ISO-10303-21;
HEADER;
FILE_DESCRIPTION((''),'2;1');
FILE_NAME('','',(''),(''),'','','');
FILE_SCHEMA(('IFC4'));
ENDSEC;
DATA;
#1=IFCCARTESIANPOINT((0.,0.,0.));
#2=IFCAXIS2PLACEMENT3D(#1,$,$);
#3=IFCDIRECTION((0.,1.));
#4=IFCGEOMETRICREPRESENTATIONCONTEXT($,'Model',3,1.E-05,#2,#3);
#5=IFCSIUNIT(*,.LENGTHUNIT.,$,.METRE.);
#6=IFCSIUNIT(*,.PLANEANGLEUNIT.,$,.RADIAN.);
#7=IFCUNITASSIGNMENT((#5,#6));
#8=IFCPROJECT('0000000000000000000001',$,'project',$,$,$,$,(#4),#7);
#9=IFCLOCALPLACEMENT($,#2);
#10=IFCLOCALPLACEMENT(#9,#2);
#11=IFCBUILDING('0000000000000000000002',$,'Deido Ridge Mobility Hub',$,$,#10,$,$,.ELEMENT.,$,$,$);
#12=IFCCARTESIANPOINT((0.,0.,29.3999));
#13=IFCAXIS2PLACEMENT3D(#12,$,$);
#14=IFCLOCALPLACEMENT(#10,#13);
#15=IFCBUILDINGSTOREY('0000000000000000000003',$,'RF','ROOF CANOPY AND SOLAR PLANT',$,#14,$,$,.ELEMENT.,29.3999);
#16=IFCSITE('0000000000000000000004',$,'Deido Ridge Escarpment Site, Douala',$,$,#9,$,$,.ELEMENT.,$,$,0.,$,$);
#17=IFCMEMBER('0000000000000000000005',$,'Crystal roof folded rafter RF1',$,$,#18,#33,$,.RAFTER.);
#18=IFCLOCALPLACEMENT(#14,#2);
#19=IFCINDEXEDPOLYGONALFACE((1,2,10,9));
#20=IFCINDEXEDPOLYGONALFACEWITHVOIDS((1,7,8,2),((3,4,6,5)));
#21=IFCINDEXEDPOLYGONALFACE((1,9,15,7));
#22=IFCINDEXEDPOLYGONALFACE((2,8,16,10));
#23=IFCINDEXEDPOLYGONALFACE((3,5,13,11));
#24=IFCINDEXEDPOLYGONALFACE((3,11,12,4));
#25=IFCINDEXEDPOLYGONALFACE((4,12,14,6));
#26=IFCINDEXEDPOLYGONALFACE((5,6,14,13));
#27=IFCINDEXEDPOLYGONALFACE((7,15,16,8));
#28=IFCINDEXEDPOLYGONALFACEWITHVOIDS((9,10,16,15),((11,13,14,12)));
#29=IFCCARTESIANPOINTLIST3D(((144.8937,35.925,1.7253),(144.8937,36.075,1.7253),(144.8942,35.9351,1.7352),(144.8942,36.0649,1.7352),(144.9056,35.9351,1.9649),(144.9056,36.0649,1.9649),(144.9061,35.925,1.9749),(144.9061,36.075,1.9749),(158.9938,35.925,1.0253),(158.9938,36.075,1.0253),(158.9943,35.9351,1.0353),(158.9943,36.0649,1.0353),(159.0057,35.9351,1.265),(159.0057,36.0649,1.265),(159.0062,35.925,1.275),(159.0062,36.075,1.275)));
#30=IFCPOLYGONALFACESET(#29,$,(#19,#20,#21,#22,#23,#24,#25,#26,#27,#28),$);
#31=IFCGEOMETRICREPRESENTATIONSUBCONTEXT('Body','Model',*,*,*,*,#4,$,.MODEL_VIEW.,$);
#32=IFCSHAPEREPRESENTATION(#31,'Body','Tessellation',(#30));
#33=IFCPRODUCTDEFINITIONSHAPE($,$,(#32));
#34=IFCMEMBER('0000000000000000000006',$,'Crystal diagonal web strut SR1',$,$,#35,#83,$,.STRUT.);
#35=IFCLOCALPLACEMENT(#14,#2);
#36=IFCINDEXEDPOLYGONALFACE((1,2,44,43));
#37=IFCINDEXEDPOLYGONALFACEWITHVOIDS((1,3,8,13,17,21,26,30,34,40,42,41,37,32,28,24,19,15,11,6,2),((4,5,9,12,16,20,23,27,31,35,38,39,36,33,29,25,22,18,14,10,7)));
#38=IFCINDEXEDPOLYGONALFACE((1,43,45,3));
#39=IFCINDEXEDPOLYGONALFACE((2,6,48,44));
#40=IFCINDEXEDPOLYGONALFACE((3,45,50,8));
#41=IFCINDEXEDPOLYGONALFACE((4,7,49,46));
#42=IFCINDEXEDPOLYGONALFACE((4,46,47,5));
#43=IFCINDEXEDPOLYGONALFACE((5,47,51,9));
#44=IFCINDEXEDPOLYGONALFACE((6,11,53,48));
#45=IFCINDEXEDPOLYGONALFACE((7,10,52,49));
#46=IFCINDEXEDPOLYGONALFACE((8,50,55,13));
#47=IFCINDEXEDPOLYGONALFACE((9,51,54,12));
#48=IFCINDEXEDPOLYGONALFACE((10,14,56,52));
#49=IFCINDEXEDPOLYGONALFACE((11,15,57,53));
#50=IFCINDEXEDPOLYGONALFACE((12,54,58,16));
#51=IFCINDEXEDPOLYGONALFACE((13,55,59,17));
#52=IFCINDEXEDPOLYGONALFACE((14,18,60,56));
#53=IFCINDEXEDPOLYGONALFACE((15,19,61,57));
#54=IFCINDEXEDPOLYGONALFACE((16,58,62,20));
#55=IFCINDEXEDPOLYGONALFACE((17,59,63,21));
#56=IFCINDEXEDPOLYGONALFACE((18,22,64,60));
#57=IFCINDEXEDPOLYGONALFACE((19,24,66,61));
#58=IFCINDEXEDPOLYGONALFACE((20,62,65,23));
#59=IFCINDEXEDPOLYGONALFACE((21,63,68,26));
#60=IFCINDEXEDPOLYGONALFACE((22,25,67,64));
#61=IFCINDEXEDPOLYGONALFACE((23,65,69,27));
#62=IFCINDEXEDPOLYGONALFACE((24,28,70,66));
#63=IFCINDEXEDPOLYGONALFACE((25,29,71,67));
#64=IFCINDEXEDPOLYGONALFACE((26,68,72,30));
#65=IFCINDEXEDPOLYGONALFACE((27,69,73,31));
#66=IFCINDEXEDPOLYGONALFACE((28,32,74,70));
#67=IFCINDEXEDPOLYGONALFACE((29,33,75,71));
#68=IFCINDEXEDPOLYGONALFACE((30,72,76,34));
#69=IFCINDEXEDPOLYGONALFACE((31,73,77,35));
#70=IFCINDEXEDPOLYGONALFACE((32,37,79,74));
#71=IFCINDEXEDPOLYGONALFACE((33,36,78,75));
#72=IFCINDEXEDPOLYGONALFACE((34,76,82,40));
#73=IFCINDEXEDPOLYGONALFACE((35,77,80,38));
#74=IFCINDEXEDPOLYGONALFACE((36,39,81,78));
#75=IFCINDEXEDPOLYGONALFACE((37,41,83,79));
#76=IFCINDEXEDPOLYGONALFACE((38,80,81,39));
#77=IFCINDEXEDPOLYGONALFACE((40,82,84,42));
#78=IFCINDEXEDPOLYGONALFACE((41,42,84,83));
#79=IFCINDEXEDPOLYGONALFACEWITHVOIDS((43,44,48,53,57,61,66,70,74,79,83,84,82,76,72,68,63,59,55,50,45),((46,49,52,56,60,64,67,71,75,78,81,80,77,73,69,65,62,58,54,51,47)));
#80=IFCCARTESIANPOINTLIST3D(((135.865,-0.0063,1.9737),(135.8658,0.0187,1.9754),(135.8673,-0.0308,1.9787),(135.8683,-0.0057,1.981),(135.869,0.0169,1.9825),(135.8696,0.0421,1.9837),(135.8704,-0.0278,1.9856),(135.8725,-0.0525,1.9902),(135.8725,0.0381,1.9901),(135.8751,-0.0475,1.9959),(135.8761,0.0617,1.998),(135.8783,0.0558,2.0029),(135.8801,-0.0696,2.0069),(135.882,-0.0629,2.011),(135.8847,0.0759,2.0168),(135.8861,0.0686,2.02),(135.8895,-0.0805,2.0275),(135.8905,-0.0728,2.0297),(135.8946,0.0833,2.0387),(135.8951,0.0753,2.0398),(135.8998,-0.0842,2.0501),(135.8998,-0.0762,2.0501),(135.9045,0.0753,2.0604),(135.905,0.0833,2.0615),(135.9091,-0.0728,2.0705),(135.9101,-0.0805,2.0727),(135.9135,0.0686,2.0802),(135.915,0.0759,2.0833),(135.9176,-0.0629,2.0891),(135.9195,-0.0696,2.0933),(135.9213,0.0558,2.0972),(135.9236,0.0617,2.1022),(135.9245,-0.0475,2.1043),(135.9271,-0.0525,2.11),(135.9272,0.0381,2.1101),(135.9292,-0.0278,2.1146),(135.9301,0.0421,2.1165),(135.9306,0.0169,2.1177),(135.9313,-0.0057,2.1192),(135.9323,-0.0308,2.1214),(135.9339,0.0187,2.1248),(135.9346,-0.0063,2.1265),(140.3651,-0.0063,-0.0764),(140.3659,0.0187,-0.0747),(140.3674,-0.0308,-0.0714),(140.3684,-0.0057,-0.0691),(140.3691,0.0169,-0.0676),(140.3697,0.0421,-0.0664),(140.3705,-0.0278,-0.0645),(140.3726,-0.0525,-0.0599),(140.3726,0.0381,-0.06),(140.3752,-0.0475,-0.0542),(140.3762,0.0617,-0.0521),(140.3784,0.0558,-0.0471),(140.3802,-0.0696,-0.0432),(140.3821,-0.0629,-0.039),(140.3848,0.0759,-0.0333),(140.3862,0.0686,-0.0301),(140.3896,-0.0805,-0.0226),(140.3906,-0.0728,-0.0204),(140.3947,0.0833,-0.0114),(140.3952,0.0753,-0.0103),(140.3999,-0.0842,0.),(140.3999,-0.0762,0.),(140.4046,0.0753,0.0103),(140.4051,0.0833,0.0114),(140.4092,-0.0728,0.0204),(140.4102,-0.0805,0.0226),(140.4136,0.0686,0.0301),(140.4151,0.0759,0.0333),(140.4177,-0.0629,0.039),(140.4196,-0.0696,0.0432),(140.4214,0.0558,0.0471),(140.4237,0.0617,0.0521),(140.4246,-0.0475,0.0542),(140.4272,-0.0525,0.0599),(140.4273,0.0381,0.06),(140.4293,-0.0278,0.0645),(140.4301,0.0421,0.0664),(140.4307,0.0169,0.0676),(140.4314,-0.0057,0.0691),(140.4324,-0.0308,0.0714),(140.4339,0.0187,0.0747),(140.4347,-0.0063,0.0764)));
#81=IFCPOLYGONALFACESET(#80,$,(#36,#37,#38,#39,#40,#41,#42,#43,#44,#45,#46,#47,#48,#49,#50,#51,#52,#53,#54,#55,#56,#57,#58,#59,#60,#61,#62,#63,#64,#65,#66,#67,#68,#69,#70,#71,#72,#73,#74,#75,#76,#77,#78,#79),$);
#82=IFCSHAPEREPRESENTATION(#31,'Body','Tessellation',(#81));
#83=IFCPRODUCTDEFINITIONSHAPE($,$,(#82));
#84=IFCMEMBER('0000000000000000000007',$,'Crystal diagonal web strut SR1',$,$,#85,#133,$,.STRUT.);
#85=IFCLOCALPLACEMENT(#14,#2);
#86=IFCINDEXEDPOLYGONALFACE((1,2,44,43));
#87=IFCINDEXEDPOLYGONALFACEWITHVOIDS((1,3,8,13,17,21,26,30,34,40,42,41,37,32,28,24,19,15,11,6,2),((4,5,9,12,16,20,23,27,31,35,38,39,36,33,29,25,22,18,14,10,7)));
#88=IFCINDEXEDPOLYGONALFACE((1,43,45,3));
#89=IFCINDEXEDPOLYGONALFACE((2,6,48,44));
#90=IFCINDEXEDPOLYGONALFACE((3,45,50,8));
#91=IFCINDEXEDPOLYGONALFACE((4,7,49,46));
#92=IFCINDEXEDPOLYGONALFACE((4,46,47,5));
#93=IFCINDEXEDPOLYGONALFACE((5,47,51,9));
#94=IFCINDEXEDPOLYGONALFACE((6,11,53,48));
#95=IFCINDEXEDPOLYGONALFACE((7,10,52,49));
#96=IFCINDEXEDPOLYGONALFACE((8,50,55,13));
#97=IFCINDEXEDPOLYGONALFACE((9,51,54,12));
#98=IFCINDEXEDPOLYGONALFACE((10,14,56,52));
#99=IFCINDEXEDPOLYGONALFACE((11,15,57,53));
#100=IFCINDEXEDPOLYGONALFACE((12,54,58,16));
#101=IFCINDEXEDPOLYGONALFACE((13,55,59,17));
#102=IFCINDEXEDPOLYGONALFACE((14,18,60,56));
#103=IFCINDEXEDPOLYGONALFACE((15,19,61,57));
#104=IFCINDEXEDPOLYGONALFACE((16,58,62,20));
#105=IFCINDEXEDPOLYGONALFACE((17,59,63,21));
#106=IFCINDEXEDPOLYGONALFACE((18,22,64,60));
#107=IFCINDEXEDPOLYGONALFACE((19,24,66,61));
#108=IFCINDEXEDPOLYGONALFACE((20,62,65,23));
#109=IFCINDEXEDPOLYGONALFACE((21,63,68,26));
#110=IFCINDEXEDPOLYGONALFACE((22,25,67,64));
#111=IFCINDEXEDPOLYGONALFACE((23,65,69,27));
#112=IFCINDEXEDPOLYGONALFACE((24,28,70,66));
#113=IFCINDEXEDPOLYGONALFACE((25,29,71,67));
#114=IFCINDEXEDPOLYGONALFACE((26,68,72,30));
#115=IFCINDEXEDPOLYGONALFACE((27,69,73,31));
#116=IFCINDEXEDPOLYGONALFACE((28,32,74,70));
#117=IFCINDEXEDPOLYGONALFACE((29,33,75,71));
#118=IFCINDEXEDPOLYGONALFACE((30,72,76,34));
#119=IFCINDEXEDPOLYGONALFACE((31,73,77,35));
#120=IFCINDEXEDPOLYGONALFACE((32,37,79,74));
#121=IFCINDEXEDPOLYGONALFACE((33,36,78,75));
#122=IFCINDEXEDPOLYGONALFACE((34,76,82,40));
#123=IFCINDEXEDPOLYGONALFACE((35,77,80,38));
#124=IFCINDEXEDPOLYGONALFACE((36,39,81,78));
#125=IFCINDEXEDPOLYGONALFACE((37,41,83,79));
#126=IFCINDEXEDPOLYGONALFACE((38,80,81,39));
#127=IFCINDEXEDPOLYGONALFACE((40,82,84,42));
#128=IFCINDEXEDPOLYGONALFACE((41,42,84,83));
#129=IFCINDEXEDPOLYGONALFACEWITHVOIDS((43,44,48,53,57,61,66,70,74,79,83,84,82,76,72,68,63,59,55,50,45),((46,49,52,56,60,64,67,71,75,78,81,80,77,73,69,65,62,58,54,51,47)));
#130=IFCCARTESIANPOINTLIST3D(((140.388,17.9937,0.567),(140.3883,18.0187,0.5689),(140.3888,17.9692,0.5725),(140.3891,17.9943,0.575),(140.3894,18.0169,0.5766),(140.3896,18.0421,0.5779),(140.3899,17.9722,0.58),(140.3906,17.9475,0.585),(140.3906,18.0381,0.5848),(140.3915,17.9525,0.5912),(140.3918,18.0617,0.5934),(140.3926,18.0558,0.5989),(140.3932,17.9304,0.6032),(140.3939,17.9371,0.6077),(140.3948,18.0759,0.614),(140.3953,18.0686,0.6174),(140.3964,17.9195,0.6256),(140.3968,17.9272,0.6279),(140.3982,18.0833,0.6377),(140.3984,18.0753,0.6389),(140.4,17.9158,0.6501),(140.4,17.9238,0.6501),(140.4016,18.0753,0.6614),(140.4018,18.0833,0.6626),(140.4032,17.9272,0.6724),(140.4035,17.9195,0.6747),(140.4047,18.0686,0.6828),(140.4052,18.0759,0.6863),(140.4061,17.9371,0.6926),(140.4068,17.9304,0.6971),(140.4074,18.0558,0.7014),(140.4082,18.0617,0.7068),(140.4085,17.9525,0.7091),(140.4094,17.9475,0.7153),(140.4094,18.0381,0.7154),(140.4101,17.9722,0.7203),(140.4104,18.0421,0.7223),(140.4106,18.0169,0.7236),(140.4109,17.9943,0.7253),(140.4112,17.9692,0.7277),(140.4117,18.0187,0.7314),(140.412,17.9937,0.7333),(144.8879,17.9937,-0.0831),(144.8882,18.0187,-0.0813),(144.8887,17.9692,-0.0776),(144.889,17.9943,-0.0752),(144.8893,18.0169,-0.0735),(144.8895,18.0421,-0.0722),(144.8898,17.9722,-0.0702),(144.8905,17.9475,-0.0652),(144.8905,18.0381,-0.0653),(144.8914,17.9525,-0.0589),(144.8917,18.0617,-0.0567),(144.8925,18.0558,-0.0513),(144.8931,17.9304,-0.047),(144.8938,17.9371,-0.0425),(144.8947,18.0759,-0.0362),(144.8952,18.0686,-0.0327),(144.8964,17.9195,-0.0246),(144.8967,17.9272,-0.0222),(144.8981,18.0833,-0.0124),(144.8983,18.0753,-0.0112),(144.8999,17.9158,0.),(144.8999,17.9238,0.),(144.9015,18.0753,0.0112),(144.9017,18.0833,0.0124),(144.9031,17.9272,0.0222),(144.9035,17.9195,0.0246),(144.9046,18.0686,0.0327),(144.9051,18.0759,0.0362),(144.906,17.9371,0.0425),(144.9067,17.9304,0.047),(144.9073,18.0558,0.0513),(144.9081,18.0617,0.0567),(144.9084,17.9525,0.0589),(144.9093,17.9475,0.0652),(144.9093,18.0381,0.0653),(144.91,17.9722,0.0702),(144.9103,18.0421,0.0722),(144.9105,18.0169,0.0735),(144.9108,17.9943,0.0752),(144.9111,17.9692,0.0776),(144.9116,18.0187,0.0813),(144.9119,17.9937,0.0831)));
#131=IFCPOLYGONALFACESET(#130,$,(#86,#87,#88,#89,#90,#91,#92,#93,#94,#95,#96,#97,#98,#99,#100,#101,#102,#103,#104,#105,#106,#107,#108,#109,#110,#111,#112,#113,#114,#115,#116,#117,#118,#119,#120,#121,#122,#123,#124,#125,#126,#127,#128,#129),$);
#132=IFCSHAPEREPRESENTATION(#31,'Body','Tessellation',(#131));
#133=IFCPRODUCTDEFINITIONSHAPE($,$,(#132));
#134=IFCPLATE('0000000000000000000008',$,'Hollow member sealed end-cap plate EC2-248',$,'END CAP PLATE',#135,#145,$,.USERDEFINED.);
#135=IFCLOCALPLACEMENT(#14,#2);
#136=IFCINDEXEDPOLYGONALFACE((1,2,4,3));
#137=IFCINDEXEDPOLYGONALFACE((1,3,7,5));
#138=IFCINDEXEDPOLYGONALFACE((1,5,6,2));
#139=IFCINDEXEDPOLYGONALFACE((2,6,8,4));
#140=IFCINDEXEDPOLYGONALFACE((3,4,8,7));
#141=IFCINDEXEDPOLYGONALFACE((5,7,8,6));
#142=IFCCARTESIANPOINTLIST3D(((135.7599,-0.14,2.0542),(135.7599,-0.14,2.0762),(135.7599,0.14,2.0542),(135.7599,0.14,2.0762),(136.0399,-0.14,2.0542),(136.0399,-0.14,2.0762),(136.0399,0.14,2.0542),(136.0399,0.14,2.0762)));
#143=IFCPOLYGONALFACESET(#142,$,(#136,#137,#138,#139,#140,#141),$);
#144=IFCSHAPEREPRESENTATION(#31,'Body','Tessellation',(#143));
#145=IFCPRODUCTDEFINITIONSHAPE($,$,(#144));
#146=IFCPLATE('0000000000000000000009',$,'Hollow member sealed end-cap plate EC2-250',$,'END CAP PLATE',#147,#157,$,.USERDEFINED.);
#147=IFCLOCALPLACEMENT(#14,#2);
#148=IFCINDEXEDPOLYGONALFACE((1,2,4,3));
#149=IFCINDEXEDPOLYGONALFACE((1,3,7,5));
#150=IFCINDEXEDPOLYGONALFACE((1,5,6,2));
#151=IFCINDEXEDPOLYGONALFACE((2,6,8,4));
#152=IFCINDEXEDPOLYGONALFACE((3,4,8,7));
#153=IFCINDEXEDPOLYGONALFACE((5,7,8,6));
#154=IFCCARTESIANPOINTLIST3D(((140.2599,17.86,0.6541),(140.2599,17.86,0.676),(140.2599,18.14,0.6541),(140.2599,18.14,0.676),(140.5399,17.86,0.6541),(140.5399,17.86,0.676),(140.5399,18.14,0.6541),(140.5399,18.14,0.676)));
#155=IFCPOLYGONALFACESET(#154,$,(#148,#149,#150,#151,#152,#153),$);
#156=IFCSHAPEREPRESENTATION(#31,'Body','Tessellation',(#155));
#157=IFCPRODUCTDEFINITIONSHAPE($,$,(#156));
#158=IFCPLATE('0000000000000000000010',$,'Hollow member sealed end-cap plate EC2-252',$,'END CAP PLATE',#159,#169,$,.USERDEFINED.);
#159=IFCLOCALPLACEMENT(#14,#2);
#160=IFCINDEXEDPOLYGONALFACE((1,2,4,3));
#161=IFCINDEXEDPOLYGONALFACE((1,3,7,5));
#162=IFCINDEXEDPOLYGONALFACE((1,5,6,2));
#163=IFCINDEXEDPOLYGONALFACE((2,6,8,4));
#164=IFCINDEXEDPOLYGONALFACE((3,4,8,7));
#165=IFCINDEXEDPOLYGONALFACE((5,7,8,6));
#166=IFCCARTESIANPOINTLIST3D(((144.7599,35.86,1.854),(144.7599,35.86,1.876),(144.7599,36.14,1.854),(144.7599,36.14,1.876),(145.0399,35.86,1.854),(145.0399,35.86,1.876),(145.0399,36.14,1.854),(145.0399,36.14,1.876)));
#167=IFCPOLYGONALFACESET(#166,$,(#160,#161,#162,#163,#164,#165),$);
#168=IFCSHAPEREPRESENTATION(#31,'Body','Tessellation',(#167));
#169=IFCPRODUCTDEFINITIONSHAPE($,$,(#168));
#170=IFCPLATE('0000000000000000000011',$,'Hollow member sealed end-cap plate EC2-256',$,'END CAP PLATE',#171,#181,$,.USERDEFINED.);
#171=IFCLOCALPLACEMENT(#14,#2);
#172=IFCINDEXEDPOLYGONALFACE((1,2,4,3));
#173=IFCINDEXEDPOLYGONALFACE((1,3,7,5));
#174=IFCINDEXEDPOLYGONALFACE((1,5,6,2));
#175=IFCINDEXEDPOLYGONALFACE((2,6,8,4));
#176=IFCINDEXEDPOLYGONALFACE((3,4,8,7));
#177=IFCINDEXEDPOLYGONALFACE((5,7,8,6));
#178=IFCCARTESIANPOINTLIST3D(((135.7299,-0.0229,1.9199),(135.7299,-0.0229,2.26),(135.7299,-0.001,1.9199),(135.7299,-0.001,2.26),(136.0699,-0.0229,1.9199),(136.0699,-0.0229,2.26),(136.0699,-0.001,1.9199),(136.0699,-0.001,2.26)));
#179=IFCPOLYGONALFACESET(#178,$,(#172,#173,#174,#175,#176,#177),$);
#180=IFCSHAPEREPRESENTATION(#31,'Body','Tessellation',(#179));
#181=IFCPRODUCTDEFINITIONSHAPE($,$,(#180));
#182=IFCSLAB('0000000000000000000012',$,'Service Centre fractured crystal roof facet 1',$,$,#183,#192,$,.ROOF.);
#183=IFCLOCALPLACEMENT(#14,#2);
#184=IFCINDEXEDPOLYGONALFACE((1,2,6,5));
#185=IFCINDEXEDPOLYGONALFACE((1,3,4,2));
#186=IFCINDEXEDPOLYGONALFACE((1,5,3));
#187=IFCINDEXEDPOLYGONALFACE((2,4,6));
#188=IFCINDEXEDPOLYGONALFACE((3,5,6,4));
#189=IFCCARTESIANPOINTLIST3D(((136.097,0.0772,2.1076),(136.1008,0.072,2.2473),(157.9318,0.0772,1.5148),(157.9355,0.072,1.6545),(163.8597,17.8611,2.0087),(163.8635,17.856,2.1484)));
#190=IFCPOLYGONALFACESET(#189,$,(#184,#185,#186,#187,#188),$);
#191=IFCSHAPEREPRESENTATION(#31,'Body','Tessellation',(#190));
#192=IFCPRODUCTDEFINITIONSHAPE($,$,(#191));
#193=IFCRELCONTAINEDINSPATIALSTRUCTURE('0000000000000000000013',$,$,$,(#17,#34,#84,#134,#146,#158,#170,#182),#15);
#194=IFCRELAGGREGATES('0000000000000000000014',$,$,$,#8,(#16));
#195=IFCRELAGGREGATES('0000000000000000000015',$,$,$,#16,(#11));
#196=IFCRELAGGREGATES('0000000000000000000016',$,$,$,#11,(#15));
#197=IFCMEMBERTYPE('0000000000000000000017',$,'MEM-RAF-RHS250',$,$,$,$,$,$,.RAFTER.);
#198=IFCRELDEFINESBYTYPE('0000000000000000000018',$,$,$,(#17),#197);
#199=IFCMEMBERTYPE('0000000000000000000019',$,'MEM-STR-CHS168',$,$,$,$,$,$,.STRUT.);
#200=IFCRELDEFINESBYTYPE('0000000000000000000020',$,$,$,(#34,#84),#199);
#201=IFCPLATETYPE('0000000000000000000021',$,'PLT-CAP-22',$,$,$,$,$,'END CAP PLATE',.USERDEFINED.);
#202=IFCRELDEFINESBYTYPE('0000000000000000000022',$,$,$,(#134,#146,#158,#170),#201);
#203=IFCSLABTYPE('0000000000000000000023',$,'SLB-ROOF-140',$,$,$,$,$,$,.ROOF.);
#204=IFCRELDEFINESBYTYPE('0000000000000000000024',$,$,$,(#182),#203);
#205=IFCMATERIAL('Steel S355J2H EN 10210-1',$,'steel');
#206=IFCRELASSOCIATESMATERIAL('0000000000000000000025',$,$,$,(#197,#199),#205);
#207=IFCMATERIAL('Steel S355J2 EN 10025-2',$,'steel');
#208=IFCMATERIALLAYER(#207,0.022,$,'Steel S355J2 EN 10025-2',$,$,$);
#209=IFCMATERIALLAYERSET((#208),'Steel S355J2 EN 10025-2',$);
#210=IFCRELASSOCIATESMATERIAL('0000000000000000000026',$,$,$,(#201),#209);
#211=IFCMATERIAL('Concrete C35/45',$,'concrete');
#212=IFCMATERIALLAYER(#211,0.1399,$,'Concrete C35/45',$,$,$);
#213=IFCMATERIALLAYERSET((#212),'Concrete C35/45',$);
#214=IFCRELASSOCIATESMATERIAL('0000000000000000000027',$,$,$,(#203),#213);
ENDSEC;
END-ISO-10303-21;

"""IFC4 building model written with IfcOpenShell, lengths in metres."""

from ifc_helpers import new_model, si_unit, direction, frame, origin, origin_2d, place, context, subcontext, project, spatial, polyline, rectangle, hollow_rectangle, hollow_circle, outline, extrude, material, layer, layer_set, material_profile, profile_set, type_object, element, save


model = new_model("IFC4")

# Units and contexts
model_context = context("Model", 3, precision=1e-05, world=origin(), true_north=direction((0.0, 1.0)))
body_context = subcontext(model_context, "Body", "Model", "MODEL_VIEW")
ifc_project = project(units=[si_unit("LENGTHUNIT", "METRE"), si_unit("PLANEANGLEUNIT", "RADIAN")], contexts=[model_context])

# Site, building, storey
site_placement = place(None, origin())
site = spatial("IfcSite", under=ifc_project, at=site_placement, Name="Deido Ridge Escarpment Site, Douala", CompositionType="ELEMENT", RefElevation=0.0)
building_placement = place(site_placement, origin())
building = spatial("IfcBuilding", under=site, at=building_placement, Name="Deido Ridge Mobility Hub", CompositionType="ELEMENT")
storey_placement = place(building_placement, frame((0.0, 0.0, 29.3999)))
storey = spatial("IfcBuildingStorey", under=building, at=storey_placement, Name="RF", Description="ROOF CANOPY AND SOLAR PLANT", CompositionType="ELEMENT", Elevation=29.3999)

# Members
ifc_material_1 = material(Name="Steel S355J2H EN 10210-1", Category="steel")
ifc_material_profile_1 = material_profile(ifc_material_1, hollow_rectangle(XDim=0.1499, YDim=0.25, WallThickness=0.01, at=origin_2d()), Name="RHS 250x150x10")
ifc_profile_set_1 = profile_set([ifc_material_profile_1], Name="Steel S355J2H EN 10210-1")
member_type_1 = type_object("IfcMemberType", Name="MEM-RAF-RHS250", PredefinedType="RAFTER", material=ifc_profile_set_1)
member_1_placement = place(storey_placement, frame((144.8999, 36.0, 1.8501), z_axis=(0.99877, 0.0, -0.049581), x_axis=(0.0, 1.0, 0.0)))
element("IfcMember", 1, at=member_1_placement, inside=storey, type_object=member_type_1, Name="Crystal roof folded rafter RF1", PredefinedType="RAFTER", context=body_context, shape_type="SweptSolid", body=[
    extrude(hollow_rectangle(XDim=0.1499, YDim=0.25, WallThickness=0.01, at=origin_2d()), origin(), (0.0, 0.0, 1.0), 14.1174),
])
ifc_material_profile_2 = material_profile(ifc_material_1, hollow_circle(Radius=0.0842, WallThickness=0.0081, at=origin_2d()), Name="CHS 168.3x8")
ifc_profile_set_2 = profile_set([ifc_material_profile_2], Name="Steel S355J2H EN 10210-1")
member_type_2 = type_object("IfcMemberType", Name="MEM-STR-CHS168", PredefinedType="STRUT", material=ifc_profile_set_2)
member_2_placement = place(storey_placement, frame((140.3999, 0.0, 0.0), z_axis=(-0.910016, 0.0, 0.414573), x_axis=(0.0, -1.0, 0.0)))
element("IfcMember", 2, at=member_2_placement, inside=storey, type_object=member_type_2, Name="Crystal diagonal web strut SR1", PredefinedType="STRUT", context=body_context, shape_type="SweptSolid", body=[
    extrude(hollow_circle(Radius=0.0842, WallThickness=0.0081, at=origin_2d()), origin(), (0.0, 0.0, 1.0), 4.9451),
])
member_3_placement = place(storey_placement, frame((144.8999, 18.0, 0.0), z_axis=(-0.989724, 0.0, 0.142992), x_axis=(0.0, -1.0, 0.0)))
element("IfcMember", 3, at=member_3_placement, inside=storey, type_object=member_type_2, Name="Crystal diagonal web strut SR1", PredefinedType="STRUT", context=body_context, shape_type="SweptSolid", body=[
    extrude(hollow_circle(Radius=0.0842, WallThickness=0.0081, at=origin_2d()), origin(), (0.0, 0.0, 1.0), 4.5466),
])

# Plates
ifc_material_2 = material(Name="Steel S355J2 EN 10025-2", Category="steel")
ifc_layer_1 = layer(ifc_material_2, 0.022, Name="Steel S355J2 EN 10025-2")
ifc_layer_set_1 = layer_set([ifc_layer_1], Name="Steel S355J2 EN 10025-2")
plate_type = type_object("IfcPlateType", Name="PLT-CAP-22", ElementType="END CAP PLATE", PredefinedType="USERDEFINED", material=ifc_layer_set_1)
for number, where, z_axis, x_axis, name in (
    (4, (135.8999, 0.0, 2.0542), (0.0, 0.0, 1.0), (1.0, 0.0, 0.0), "Hollow member sealed end-cap plate EC2-248"),
    (5, (140.3999, 18.0, 0.6541), (0.0, 0.0, 1.0), (1.0, 0.0, 0.0), "Hollow member sealed end-cap plate EC2-250"),
    (6, (144.8999, 36.0, 1.854), (0.0, 0.0, 1.0), (1.0, 0.0, 0.0), "Hollow member sealed end-cap plate EC2-252"),
):
    element("IfcPlate", number, at=place(storey_placement, frame(where, z_axis=z_axis, x_axis=x_axis)), inside=storey, type_object=plate_type, Name=name, ObjectType="END CAP PLATE", PredefinedType="USERDEFINED", context=body_context, shape_type="SweptSolid", body=[
        extrude(rectangle(XDim=0.28, YDim=0.28, at=origin_2d()), origin(), (0.0, 0.0, 1.0), 0.022),
    ])
plate_placement = place(storey_placement, frame((135.8999, -0.012, 1.9199), z_axis=(0.0, 0.0, 1.0), x_axis=(1.0, 0.0, 0.0)))
element("IfcPlate", 7, at=plate_placement, inside=storey, type_object=plate_type, Name="Hollow member sealed end-cap plate EC2-256", ObjectType="END CAP PLATE", PredefinedType="USERDEFINED", context=body_context, shape_type="SweptSolid", body=[
    extrude(rectangle(XDim=0.3401, YDim=0.022, at=origin_2d()), origin(), (0.0, 0.0, 1.0), 0.3401),
])

# Slab
ifc_material_3 = material(Name="Concrete C35/45", Category="concrete")
ifc_layer_2 = layer(ifc_material_3, 0.1399, Name="Concrete C35/45")
ifc_layer_set_2 = layer_set([ifc_layer_2], Name="Concrete C35/45")
slab_type_1 = type_object("IfcSlabType", Name="SLB-ROOF-140", PredefinedType="ROOF", material=ifc_layer_set_2)
slab_1_placement = place(storey_placement, frame((136.1008, 0.072, 2.2473), z_axis=(0.02712, -0.036783, 0.998955), x_axis=(0.999632, 0.0, -0.027138)))
element("IfcSlab", 8, at=slab_1_placement, inside=storey, type_object=slab_type_1, Name="Service Centre fractured crystal roof facet 1", PredefinedType="ROOF", context=body_context, shape_type="SweptSolid", body=[
    extrude(outline(polyline([(0.0, 0.0), (21.8428, 0.0), (27.7552, 17.796), (0.0, 0.0)])), origin(), (0.0, 0.0, -1.0), 0.1399),
])

save(model, "model.ifc")
